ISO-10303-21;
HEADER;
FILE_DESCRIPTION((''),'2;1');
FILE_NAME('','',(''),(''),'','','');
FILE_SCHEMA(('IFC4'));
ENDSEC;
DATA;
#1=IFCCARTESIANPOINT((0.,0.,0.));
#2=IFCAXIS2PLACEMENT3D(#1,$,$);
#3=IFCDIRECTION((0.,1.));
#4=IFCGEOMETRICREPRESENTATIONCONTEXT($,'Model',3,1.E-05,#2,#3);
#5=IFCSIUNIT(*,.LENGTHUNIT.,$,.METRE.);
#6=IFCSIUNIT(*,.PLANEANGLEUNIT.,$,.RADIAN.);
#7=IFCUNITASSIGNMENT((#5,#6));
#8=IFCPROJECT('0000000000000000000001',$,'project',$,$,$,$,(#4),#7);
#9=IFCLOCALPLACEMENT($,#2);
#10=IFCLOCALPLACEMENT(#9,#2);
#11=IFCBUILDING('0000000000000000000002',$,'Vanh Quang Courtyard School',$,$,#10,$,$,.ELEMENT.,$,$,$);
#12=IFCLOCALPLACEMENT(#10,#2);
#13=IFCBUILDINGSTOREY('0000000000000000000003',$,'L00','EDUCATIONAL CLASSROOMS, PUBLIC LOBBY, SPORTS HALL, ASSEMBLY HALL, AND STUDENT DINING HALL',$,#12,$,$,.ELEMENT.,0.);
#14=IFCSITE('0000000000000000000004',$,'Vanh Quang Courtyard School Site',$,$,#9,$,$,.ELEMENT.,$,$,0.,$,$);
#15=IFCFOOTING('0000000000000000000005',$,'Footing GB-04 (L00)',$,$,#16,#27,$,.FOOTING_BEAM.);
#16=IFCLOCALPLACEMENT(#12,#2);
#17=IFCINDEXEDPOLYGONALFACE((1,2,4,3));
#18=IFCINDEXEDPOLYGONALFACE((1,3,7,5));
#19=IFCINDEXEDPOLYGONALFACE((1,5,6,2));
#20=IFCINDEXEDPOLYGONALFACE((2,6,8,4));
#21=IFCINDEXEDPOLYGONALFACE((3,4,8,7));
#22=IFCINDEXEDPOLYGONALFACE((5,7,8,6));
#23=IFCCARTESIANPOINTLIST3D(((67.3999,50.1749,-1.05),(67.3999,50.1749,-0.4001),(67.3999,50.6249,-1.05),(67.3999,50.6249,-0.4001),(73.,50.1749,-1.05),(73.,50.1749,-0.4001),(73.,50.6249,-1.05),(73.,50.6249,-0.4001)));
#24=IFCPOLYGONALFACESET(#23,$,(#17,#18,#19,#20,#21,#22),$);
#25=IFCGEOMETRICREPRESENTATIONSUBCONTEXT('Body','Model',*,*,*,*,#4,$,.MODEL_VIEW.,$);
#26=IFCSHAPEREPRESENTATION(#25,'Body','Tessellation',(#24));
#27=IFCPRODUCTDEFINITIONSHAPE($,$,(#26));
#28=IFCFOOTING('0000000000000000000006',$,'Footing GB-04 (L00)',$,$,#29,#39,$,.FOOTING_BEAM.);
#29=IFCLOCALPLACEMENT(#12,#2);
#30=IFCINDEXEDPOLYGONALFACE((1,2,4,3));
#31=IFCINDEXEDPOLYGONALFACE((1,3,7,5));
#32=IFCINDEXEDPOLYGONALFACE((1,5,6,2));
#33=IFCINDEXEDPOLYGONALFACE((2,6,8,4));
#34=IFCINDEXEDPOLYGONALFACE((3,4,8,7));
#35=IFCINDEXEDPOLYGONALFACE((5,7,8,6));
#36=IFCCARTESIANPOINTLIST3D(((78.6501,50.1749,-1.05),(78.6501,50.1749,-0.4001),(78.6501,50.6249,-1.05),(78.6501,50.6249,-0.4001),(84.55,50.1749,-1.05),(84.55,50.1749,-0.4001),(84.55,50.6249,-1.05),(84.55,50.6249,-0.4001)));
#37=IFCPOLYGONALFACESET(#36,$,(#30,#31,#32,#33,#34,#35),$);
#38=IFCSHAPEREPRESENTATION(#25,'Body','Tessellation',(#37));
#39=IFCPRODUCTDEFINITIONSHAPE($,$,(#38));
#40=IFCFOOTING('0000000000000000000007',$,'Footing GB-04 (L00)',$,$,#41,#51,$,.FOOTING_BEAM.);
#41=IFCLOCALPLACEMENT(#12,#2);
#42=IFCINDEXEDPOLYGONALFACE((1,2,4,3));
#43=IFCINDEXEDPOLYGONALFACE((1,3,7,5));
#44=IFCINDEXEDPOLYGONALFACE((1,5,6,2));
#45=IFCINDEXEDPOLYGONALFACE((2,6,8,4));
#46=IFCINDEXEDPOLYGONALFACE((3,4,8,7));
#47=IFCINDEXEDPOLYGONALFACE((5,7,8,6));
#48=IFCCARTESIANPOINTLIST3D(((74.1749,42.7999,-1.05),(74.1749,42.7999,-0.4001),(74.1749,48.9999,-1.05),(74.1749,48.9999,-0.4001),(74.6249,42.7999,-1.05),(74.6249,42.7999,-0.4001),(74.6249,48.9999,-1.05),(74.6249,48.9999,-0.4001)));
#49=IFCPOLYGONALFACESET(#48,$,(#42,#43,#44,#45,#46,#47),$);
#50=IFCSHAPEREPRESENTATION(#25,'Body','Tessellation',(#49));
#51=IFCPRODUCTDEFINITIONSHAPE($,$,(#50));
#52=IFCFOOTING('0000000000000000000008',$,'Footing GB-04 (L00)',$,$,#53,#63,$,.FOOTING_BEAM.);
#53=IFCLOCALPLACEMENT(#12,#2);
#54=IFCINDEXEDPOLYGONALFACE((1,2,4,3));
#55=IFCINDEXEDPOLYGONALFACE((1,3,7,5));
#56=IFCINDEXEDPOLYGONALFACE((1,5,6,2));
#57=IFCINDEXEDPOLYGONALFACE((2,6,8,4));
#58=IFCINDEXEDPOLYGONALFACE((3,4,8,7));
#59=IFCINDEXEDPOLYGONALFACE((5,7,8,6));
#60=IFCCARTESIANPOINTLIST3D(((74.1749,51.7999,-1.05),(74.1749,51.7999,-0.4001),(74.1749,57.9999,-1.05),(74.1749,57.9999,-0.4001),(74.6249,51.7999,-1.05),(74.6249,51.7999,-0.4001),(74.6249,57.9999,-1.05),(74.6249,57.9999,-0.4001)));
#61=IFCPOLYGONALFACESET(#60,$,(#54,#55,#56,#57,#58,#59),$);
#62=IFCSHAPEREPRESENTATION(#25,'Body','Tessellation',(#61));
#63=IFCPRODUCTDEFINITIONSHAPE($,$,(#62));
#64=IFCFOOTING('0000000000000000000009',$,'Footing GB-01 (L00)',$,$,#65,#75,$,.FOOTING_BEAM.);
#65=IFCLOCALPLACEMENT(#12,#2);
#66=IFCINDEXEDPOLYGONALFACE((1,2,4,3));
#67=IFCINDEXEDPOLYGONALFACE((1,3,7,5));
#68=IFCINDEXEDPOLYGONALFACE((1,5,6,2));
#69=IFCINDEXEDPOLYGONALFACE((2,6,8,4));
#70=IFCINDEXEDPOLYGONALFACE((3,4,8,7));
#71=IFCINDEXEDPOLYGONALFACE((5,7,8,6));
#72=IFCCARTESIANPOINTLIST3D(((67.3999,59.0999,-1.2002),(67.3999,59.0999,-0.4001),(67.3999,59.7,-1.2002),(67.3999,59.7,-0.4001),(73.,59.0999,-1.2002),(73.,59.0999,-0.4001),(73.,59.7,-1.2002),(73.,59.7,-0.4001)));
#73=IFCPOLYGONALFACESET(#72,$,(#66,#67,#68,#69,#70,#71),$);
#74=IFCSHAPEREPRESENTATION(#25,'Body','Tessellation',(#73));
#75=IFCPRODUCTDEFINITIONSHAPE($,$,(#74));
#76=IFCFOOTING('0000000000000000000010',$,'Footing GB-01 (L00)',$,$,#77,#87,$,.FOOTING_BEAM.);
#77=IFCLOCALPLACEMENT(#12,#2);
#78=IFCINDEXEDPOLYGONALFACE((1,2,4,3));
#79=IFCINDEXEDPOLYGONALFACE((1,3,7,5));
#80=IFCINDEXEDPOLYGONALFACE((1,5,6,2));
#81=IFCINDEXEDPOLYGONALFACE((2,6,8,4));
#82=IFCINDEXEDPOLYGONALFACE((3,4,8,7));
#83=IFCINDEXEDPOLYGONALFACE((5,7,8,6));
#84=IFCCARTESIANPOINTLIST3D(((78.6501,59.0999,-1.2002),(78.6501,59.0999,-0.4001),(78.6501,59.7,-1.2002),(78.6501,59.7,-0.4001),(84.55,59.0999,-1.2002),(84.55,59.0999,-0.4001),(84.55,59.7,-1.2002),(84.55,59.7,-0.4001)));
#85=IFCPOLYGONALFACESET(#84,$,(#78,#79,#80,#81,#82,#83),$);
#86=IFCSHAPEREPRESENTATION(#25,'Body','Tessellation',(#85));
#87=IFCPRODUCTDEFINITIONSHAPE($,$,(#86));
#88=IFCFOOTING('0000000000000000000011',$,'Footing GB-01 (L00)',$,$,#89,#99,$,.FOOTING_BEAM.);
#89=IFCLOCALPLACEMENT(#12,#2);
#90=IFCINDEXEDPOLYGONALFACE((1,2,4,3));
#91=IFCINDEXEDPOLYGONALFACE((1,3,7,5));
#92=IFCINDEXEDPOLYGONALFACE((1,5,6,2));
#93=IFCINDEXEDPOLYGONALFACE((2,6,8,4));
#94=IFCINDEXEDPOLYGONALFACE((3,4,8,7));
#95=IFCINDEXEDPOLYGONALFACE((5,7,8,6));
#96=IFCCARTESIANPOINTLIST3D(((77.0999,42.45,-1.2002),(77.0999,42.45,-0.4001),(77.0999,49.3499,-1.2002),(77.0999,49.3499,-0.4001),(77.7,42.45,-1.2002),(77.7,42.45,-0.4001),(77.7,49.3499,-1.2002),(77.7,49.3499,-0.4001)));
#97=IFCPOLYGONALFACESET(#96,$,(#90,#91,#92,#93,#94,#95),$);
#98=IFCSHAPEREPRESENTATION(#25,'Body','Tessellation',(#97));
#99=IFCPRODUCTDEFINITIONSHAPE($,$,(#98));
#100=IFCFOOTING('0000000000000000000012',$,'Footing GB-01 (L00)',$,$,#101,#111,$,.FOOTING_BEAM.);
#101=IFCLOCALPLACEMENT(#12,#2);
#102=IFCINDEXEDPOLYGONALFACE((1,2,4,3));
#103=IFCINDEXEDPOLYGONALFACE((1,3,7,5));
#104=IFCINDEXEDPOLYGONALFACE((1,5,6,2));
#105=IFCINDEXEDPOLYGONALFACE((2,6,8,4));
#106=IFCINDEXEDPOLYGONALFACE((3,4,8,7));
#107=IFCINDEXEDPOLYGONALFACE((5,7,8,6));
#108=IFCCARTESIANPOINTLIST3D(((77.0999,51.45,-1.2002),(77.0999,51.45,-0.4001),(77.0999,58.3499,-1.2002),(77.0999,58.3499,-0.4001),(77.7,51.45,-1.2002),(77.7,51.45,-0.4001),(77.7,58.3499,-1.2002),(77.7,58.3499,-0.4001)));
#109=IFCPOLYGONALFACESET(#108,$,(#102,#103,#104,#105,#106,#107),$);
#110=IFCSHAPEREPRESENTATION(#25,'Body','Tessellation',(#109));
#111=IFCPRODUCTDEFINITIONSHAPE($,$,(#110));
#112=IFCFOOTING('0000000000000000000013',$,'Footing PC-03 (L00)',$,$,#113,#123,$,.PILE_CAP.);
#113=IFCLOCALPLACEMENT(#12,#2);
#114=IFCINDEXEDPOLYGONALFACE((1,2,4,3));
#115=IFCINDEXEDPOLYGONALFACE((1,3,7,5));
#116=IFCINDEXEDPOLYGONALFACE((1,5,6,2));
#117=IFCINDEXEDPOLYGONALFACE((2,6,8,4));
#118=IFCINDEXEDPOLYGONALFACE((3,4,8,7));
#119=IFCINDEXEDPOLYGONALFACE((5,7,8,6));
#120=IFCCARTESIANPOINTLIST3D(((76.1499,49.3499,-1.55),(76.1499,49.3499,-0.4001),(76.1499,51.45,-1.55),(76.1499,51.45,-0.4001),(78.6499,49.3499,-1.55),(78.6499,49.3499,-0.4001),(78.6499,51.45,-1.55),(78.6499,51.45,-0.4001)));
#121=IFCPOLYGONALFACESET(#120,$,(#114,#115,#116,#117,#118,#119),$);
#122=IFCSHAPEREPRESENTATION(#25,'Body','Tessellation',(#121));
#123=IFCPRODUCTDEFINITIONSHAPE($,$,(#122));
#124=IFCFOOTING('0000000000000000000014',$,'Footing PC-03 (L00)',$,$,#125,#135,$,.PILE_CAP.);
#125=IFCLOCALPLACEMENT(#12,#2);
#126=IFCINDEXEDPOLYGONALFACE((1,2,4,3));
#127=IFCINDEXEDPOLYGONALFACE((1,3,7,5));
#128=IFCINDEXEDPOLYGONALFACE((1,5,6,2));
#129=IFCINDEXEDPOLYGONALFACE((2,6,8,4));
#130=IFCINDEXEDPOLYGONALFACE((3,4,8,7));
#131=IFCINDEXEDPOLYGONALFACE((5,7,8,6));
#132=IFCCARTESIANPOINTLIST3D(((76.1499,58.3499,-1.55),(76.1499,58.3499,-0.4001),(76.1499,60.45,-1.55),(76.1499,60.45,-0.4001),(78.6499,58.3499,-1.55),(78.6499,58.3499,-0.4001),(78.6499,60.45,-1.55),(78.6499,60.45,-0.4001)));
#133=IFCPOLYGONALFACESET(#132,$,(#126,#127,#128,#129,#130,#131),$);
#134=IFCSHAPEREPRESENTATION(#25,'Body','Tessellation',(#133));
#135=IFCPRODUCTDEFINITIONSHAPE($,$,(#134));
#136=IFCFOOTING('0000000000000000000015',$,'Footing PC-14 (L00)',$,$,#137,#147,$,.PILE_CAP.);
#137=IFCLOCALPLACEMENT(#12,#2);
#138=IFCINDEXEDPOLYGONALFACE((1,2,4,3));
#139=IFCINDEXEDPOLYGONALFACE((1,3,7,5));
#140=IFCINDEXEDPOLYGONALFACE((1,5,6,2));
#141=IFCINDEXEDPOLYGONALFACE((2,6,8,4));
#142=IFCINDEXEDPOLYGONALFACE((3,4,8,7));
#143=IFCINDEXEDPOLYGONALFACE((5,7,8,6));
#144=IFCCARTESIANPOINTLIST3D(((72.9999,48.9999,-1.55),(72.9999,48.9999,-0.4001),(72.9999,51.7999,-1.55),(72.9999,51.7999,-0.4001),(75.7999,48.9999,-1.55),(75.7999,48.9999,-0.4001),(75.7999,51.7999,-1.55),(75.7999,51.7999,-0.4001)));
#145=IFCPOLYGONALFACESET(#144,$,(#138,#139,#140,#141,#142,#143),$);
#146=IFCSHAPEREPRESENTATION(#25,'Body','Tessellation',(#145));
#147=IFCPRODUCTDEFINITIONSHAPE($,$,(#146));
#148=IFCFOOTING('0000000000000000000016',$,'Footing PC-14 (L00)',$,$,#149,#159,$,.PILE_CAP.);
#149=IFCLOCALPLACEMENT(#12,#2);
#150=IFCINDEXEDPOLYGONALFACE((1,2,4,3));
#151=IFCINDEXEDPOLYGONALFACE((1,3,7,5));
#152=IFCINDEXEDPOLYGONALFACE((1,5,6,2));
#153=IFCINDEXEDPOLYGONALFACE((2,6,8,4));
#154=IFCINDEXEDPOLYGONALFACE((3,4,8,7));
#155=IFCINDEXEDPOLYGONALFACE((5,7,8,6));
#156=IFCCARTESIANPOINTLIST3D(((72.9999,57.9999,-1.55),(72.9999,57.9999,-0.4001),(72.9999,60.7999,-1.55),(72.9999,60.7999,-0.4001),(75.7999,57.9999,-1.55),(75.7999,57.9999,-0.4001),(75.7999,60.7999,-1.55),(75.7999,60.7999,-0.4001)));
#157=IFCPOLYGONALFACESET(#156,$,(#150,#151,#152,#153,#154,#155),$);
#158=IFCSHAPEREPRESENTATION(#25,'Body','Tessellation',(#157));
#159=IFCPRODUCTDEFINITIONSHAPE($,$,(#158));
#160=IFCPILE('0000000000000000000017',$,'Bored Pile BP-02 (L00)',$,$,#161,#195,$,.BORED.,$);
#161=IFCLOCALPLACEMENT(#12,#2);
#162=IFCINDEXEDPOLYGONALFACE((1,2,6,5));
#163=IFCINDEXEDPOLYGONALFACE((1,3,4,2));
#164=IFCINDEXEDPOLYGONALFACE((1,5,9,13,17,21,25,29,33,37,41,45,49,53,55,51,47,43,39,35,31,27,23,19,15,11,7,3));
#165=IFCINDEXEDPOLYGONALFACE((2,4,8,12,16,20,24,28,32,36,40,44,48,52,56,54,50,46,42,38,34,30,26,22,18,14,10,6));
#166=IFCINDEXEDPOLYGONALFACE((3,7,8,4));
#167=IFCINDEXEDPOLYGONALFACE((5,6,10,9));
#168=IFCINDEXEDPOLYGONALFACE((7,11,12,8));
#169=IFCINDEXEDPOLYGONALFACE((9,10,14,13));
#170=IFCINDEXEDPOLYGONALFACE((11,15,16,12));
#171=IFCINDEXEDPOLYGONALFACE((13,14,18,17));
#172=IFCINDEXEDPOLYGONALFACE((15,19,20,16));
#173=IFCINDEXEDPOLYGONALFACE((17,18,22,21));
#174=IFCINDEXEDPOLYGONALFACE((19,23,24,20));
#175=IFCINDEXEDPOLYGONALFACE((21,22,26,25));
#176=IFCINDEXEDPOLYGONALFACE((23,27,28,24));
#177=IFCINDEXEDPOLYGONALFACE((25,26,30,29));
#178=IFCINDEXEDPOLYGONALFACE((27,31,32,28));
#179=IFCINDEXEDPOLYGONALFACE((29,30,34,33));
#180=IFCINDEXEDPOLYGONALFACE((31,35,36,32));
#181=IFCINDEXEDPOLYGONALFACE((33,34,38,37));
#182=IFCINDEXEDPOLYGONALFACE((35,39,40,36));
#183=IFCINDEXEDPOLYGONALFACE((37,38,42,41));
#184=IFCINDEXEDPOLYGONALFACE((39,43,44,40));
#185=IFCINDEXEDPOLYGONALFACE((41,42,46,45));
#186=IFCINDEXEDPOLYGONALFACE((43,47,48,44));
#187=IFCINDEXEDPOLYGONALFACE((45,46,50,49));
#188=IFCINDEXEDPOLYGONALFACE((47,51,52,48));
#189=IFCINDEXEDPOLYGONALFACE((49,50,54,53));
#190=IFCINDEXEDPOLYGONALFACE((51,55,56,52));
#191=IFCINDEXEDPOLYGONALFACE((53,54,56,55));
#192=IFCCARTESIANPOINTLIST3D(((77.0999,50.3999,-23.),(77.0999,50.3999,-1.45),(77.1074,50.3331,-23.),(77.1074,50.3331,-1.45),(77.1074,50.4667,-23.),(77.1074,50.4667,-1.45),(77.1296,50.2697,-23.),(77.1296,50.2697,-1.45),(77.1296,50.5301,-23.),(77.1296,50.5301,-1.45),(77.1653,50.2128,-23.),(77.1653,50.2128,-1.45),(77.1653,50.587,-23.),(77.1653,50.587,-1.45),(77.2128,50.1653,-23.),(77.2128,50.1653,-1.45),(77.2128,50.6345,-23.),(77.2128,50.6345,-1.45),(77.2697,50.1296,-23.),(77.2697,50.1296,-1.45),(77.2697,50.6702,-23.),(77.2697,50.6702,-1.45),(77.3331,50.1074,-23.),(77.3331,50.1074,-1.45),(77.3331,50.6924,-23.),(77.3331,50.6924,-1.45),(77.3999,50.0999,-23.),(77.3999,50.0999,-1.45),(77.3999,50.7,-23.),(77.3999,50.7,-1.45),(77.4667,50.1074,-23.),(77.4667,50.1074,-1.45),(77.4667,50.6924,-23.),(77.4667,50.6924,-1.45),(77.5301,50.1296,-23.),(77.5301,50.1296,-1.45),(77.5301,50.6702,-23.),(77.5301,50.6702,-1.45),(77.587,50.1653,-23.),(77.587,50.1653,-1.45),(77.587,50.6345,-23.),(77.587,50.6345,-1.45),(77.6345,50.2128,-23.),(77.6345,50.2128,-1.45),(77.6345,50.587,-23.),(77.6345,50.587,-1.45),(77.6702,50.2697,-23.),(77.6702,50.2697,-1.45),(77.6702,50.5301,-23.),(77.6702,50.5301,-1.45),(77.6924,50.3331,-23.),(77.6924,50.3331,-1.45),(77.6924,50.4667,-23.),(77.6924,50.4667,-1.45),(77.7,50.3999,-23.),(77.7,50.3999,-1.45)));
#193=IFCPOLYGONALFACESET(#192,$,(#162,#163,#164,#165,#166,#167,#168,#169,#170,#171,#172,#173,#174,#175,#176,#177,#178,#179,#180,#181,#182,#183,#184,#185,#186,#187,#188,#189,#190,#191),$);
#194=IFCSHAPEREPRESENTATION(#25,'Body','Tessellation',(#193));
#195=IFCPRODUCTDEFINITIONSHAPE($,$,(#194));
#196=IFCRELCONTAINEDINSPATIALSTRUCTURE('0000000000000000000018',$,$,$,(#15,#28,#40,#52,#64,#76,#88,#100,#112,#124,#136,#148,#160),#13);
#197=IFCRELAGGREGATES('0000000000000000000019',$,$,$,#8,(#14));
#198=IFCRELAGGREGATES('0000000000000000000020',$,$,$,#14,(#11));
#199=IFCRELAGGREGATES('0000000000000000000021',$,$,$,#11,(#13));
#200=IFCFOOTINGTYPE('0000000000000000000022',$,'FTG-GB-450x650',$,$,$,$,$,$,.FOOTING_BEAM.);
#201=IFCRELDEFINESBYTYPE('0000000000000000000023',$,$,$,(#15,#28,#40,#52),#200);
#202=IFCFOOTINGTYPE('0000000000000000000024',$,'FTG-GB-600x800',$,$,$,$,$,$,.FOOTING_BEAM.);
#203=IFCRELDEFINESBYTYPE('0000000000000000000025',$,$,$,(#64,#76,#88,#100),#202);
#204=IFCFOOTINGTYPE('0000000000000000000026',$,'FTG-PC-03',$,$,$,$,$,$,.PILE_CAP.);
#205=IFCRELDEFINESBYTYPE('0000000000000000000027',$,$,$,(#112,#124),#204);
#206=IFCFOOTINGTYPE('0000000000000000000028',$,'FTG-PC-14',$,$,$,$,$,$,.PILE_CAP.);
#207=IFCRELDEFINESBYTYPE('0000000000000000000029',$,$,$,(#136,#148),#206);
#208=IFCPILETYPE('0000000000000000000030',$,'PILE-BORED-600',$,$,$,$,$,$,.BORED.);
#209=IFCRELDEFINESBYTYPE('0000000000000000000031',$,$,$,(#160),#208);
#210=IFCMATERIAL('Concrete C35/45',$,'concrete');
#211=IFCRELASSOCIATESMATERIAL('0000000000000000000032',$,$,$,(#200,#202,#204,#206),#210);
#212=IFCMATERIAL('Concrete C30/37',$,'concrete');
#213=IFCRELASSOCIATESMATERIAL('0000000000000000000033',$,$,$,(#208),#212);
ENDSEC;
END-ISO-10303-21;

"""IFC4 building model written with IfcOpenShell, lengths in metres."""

from ifc_helpers import new_model, si_unit, direction, frame, origin, origin_2d, place, context, subcontext, project, spatial, rectangle, circle, extrude, material, material_profile, profile_set, type_object, element, save


model = new_model("IFC4")

# Units and contexts
model_context = context("Model", 3, precision=1e-05, world=origin(), true_north=direction((0.0, 1.0)))
body_context = subcontext(model_context, "Body", "Model", "MODEL_VIEW")
ifc_project = project(units=[si_unit("LENGTHUNIT", "METRE"), si_unit("PLANEANGLEUNIT", "RADIAN")], contexts=[model_context])

# Site, building, storey
site_placement = place(None, origin())
site = spatial("IfcSite", under=ifc_project, at=site_placement, Name="Vanh Quang Courtyard School Site", CompositionType="ELEMENT", RefElevation=0.0)
building_placement = place(site_placement, origin())
building = spatial("IfcBuilding", under=site, at=building_placement, Name="Vanh Quang Courtyard School", CompositionType="ELEMENT")
storey_placement = place(building_placement, origin())
storey = spatial("IfcBuildingStorey", under=building, at=storey_placement, Name="L00", Description="EDUCATIONAL CLASSROOMS, PUBLIC LOBBY, SPORTS HALL, ASSEMBLY HALL, AND STUDENT DINING HALL", CompositionType="ELEMENT", Elevation=0.0)

# Footings
ifc_material_1 = material(Name="Concrete C35/45", Category="concrete")
footing_type_1 = type_object("IfcFootingType", Name="FTG-GB-450x650", PredefinedType="FOOTING_BEAM", material=ifc_material_1)
footing_1_placement = place(storey_placement, frame((70.2, 50.3999, -1.05), z_axis=(0.0, 0.0, 1.0), x_axis=(1.0, 0.0, 0.0)))
element("IfcFooting", 1, at=footing_1_placement, inside=storey, type_object=footing_type_1, Name="Footing GB-04 (L00)", PredefinedType="FOOTING_BEAM", context=body_context, shape_type="SweptSolid", body=[
    extrude(rectangle(XDim=5.6001, YDim=0.45, at=origin_2d()), origin(), (0.0, 0.0, 1.0), 0.6499),
])
footing_2_placement = place(storey_placement, frame((81.6001, 50.3999, -1.05), z_axis=(0.0, 0.0, 1.0), x_axis=(1.0, 0.0, 0.0)))
element("IfcFooting", 2, at=footing_2_placement, inside=storey, type_object=footing_type_1, Name="Footing GB-04 (L00)", PredefinedType="FOOTING_BEAM", context=body_context, shape_type="SweptSolid", body=[
    extrude(rectangle(XDim=5.8999, YDim=0.45, at=origin_2d()), origin(), (0.0, 0.0, 1.0), 0.6499),
])
for number, where, z_axis, x_axis, name in (
    (3, (74.3999, 45.8999, -1.05), (0.0, 0.0, 1.0), (0.0, 1.0, 0.0), "Footing GB-04 (L00)"),
    (4, (74.3999, 54.8999, -1.05), (0.0, 0.0, 1.0), (0.0, 1.0, 0.0), "Footing GB-04 (L00)"),
):
    element("IfcFooting", number, at=place(storey_placement, frame(where, z_axis=z_axis, x_axis=x_axis)), inside=storey, type_object=footing_type_1, Name=name, PredefinedType="FOOTING_BEAM", context=body_context, shape_type="SweptSolid", body=[
        extrude(rectangle(XDim=6.2, YDim=0.45, at=origin_2d()), origin(), (0.0, 0.0, 1.0), 0.6499),
    ])
footing_type_2 = type_object("IfcFootingType", Name="FTG-GB-600x800", PredefinedType="FOOTING_BEAM", material=ifc_material_1)
footing_3_placement = place(storey_placement, frame((70.2, 59.3999, -1.2002), z_axis=(0.0, 0.0, 1.0), x_axis=(1.0, 0.0, 0.0)))
element("IfcFooting", 5, at=footing_3_placement, inside=storey, type_object=footing_type_2, Name="Footing GB-01 (L00)", PredefinedType="FOOTING_BEAM", context=body_context, shape_type="SweptSolid", body=[
    extrude(rectangle(XDim=5.6001, YDim=0.6001, at=origin_2d()), origin(), (0.0, 0.0, 1.0), 0.8),
])
footing_4_placement = place(storey_placement, frame((81.6001, 59.3999, -1.2002), z_axis=(0.0, 0.0, 1.0), x_axis=(1.0, 0.0, 0.0)))
element("IfcFooting", 6, at=footing_4_placement, inside=storey, type_object=footing_type_2, Name="Footing GB-01 (L00)", PredefinedType="FOOTING_BEAM", context=body_context, shape_type="SweptSolid", body=[
    extrude(rectangle(XDim=5.8999, YDim=0.6001, at=origin_2d()), origin(), (0.0, 0.0, 1.0), 0.8),
])
for number, where, z_axis, x_axis, name in (
    (7, (77.3999, 45.8999, -1.2002), (0.0, 0.0, 1.0), (0.0, 1.0, 0.0), "Footing GB-01 (L00)"),
    (8, (77.3999, 54.8999, -1.2002), (0.0, 0.0, 1.0), (0.0, 1.0, 0.0), "Footing GB-01 (L00)"),
):
    element("IfcFooting", number, at=place(storey_placement, frame(where, z_axis=z_axis, x_axis=x_axis)), inside=storey, type_object=footing_type_2, Name=name, PredefinedType="FOOTING_BEAM", context=body_context, shape_type="SweptSolid", body=[
        extrude(rectangle(XDim=6.8999, YDim=0.6001, at=origin_2d()), origin(), (0.0, 0.0, 1.0), 0.8),
    ])
footing_type_3 = type_object("IfcFootingType", Name="FTG-PC-03", PredefinedType="PILE_CAP", material=ifc_material_1)
for number, where, z_axis, x_axis, name in (
    (9, (77.3999, 50.3999, -1.55), (0.0, 0.0, 1.0), (1.0, 0.0, 0.0), "Footing PC-03 (L00)"),
    (10, (77.3999, 59.3999, -1.55), (0.0, 0.0, 1.0), (1.0, 0.0, 0.0), "Footing PC-03 (L00)"),
):
    element("IfcFooting", number, at=place(storey_placement, frame(where, z_axis=z_axis, x_axis=x_axis)), inside=storey, type_object=footing_type_3, Name=name, PredefinedType="PILE_CAP", context=body_context, shape_type="SweptSolid", body=[
        extrude(rectangle(XDim=2.5, YDim=2.1001, at=origin_2d()), origin(), (0.0, 0.0, 1.0), 1.1499),
    ])
footing_type_4 = type_object("IfcFootingType", Name="FTG-PC-14", PredefinedType="PILE_CAP", material=ifc_material_1)
for number, where, z_axis, x_axis, name in (
    (11, (74.3999, 50.3999, -1.55), (0.0, 0.0, 1.0), (1.0, 0.0, 0.0), "Footing PC-14 (L00)"),
    (12, (74.3999, 59.3999, -1.55), (0.0, 0.0, 1.0), (1.0, 0.0, 0.0), "Footing PC-14 (L00)"),
):
    element("IfcFooting", number, at=place(storey_placement, frame(where, z_axis=z_axis, x_axis=x_axis)), inside=storey, type_object=footing_type_4, Name=name, PredefinedType="PILE_CAP", context=body_context, shape_type="SweptSolid", body=[
        extrude(rectangle(XDim=2.8, YDim=2.8, at=origin_2d()), origin(), (0.0, 0.0, 1.0), 1.1499),
    ])

# Pile
ifc_material_2 = material(Name="Concrete C30/37", Category="concrete")
ifc_material_profile_1 = material_profile(ifc_material_2, circle(Radius=0.3, at=origin_2d()), Name="PILE D600")
ifc_profile_set_1 = profile_set([ifc_material_profile_1], Name="Concrete C30/37")
pile_type_1 = type_object("IfcPileType", Name="PILE-BORED-600", PredefinedType="BORED", material=ifc_profile_set_1)
for number, where, z_axis, x_axis, name in (
    (13, (77.3999, 50.3999, -1.45), (0.0, 0.0, -1.0), (1.0, 0.0, 0.0), "Bored Pile BP-02 (L00)"),
):
    element("IfcPile", number, at=place(storey_placement, frame(where, z_axis=z_axis, x_axis=x_axis)), inside=storey, type_object=pile_type_1, Name=name, PredefinedType="BORED", context=body_context, shape_type="SweptSolid", body=[
        extrude(circle(Radius=0.3, at=origin_2d()), origin(), (0.0, 0.0, 1.0), 21.55),
    ])

save(model, "model.ifc")
